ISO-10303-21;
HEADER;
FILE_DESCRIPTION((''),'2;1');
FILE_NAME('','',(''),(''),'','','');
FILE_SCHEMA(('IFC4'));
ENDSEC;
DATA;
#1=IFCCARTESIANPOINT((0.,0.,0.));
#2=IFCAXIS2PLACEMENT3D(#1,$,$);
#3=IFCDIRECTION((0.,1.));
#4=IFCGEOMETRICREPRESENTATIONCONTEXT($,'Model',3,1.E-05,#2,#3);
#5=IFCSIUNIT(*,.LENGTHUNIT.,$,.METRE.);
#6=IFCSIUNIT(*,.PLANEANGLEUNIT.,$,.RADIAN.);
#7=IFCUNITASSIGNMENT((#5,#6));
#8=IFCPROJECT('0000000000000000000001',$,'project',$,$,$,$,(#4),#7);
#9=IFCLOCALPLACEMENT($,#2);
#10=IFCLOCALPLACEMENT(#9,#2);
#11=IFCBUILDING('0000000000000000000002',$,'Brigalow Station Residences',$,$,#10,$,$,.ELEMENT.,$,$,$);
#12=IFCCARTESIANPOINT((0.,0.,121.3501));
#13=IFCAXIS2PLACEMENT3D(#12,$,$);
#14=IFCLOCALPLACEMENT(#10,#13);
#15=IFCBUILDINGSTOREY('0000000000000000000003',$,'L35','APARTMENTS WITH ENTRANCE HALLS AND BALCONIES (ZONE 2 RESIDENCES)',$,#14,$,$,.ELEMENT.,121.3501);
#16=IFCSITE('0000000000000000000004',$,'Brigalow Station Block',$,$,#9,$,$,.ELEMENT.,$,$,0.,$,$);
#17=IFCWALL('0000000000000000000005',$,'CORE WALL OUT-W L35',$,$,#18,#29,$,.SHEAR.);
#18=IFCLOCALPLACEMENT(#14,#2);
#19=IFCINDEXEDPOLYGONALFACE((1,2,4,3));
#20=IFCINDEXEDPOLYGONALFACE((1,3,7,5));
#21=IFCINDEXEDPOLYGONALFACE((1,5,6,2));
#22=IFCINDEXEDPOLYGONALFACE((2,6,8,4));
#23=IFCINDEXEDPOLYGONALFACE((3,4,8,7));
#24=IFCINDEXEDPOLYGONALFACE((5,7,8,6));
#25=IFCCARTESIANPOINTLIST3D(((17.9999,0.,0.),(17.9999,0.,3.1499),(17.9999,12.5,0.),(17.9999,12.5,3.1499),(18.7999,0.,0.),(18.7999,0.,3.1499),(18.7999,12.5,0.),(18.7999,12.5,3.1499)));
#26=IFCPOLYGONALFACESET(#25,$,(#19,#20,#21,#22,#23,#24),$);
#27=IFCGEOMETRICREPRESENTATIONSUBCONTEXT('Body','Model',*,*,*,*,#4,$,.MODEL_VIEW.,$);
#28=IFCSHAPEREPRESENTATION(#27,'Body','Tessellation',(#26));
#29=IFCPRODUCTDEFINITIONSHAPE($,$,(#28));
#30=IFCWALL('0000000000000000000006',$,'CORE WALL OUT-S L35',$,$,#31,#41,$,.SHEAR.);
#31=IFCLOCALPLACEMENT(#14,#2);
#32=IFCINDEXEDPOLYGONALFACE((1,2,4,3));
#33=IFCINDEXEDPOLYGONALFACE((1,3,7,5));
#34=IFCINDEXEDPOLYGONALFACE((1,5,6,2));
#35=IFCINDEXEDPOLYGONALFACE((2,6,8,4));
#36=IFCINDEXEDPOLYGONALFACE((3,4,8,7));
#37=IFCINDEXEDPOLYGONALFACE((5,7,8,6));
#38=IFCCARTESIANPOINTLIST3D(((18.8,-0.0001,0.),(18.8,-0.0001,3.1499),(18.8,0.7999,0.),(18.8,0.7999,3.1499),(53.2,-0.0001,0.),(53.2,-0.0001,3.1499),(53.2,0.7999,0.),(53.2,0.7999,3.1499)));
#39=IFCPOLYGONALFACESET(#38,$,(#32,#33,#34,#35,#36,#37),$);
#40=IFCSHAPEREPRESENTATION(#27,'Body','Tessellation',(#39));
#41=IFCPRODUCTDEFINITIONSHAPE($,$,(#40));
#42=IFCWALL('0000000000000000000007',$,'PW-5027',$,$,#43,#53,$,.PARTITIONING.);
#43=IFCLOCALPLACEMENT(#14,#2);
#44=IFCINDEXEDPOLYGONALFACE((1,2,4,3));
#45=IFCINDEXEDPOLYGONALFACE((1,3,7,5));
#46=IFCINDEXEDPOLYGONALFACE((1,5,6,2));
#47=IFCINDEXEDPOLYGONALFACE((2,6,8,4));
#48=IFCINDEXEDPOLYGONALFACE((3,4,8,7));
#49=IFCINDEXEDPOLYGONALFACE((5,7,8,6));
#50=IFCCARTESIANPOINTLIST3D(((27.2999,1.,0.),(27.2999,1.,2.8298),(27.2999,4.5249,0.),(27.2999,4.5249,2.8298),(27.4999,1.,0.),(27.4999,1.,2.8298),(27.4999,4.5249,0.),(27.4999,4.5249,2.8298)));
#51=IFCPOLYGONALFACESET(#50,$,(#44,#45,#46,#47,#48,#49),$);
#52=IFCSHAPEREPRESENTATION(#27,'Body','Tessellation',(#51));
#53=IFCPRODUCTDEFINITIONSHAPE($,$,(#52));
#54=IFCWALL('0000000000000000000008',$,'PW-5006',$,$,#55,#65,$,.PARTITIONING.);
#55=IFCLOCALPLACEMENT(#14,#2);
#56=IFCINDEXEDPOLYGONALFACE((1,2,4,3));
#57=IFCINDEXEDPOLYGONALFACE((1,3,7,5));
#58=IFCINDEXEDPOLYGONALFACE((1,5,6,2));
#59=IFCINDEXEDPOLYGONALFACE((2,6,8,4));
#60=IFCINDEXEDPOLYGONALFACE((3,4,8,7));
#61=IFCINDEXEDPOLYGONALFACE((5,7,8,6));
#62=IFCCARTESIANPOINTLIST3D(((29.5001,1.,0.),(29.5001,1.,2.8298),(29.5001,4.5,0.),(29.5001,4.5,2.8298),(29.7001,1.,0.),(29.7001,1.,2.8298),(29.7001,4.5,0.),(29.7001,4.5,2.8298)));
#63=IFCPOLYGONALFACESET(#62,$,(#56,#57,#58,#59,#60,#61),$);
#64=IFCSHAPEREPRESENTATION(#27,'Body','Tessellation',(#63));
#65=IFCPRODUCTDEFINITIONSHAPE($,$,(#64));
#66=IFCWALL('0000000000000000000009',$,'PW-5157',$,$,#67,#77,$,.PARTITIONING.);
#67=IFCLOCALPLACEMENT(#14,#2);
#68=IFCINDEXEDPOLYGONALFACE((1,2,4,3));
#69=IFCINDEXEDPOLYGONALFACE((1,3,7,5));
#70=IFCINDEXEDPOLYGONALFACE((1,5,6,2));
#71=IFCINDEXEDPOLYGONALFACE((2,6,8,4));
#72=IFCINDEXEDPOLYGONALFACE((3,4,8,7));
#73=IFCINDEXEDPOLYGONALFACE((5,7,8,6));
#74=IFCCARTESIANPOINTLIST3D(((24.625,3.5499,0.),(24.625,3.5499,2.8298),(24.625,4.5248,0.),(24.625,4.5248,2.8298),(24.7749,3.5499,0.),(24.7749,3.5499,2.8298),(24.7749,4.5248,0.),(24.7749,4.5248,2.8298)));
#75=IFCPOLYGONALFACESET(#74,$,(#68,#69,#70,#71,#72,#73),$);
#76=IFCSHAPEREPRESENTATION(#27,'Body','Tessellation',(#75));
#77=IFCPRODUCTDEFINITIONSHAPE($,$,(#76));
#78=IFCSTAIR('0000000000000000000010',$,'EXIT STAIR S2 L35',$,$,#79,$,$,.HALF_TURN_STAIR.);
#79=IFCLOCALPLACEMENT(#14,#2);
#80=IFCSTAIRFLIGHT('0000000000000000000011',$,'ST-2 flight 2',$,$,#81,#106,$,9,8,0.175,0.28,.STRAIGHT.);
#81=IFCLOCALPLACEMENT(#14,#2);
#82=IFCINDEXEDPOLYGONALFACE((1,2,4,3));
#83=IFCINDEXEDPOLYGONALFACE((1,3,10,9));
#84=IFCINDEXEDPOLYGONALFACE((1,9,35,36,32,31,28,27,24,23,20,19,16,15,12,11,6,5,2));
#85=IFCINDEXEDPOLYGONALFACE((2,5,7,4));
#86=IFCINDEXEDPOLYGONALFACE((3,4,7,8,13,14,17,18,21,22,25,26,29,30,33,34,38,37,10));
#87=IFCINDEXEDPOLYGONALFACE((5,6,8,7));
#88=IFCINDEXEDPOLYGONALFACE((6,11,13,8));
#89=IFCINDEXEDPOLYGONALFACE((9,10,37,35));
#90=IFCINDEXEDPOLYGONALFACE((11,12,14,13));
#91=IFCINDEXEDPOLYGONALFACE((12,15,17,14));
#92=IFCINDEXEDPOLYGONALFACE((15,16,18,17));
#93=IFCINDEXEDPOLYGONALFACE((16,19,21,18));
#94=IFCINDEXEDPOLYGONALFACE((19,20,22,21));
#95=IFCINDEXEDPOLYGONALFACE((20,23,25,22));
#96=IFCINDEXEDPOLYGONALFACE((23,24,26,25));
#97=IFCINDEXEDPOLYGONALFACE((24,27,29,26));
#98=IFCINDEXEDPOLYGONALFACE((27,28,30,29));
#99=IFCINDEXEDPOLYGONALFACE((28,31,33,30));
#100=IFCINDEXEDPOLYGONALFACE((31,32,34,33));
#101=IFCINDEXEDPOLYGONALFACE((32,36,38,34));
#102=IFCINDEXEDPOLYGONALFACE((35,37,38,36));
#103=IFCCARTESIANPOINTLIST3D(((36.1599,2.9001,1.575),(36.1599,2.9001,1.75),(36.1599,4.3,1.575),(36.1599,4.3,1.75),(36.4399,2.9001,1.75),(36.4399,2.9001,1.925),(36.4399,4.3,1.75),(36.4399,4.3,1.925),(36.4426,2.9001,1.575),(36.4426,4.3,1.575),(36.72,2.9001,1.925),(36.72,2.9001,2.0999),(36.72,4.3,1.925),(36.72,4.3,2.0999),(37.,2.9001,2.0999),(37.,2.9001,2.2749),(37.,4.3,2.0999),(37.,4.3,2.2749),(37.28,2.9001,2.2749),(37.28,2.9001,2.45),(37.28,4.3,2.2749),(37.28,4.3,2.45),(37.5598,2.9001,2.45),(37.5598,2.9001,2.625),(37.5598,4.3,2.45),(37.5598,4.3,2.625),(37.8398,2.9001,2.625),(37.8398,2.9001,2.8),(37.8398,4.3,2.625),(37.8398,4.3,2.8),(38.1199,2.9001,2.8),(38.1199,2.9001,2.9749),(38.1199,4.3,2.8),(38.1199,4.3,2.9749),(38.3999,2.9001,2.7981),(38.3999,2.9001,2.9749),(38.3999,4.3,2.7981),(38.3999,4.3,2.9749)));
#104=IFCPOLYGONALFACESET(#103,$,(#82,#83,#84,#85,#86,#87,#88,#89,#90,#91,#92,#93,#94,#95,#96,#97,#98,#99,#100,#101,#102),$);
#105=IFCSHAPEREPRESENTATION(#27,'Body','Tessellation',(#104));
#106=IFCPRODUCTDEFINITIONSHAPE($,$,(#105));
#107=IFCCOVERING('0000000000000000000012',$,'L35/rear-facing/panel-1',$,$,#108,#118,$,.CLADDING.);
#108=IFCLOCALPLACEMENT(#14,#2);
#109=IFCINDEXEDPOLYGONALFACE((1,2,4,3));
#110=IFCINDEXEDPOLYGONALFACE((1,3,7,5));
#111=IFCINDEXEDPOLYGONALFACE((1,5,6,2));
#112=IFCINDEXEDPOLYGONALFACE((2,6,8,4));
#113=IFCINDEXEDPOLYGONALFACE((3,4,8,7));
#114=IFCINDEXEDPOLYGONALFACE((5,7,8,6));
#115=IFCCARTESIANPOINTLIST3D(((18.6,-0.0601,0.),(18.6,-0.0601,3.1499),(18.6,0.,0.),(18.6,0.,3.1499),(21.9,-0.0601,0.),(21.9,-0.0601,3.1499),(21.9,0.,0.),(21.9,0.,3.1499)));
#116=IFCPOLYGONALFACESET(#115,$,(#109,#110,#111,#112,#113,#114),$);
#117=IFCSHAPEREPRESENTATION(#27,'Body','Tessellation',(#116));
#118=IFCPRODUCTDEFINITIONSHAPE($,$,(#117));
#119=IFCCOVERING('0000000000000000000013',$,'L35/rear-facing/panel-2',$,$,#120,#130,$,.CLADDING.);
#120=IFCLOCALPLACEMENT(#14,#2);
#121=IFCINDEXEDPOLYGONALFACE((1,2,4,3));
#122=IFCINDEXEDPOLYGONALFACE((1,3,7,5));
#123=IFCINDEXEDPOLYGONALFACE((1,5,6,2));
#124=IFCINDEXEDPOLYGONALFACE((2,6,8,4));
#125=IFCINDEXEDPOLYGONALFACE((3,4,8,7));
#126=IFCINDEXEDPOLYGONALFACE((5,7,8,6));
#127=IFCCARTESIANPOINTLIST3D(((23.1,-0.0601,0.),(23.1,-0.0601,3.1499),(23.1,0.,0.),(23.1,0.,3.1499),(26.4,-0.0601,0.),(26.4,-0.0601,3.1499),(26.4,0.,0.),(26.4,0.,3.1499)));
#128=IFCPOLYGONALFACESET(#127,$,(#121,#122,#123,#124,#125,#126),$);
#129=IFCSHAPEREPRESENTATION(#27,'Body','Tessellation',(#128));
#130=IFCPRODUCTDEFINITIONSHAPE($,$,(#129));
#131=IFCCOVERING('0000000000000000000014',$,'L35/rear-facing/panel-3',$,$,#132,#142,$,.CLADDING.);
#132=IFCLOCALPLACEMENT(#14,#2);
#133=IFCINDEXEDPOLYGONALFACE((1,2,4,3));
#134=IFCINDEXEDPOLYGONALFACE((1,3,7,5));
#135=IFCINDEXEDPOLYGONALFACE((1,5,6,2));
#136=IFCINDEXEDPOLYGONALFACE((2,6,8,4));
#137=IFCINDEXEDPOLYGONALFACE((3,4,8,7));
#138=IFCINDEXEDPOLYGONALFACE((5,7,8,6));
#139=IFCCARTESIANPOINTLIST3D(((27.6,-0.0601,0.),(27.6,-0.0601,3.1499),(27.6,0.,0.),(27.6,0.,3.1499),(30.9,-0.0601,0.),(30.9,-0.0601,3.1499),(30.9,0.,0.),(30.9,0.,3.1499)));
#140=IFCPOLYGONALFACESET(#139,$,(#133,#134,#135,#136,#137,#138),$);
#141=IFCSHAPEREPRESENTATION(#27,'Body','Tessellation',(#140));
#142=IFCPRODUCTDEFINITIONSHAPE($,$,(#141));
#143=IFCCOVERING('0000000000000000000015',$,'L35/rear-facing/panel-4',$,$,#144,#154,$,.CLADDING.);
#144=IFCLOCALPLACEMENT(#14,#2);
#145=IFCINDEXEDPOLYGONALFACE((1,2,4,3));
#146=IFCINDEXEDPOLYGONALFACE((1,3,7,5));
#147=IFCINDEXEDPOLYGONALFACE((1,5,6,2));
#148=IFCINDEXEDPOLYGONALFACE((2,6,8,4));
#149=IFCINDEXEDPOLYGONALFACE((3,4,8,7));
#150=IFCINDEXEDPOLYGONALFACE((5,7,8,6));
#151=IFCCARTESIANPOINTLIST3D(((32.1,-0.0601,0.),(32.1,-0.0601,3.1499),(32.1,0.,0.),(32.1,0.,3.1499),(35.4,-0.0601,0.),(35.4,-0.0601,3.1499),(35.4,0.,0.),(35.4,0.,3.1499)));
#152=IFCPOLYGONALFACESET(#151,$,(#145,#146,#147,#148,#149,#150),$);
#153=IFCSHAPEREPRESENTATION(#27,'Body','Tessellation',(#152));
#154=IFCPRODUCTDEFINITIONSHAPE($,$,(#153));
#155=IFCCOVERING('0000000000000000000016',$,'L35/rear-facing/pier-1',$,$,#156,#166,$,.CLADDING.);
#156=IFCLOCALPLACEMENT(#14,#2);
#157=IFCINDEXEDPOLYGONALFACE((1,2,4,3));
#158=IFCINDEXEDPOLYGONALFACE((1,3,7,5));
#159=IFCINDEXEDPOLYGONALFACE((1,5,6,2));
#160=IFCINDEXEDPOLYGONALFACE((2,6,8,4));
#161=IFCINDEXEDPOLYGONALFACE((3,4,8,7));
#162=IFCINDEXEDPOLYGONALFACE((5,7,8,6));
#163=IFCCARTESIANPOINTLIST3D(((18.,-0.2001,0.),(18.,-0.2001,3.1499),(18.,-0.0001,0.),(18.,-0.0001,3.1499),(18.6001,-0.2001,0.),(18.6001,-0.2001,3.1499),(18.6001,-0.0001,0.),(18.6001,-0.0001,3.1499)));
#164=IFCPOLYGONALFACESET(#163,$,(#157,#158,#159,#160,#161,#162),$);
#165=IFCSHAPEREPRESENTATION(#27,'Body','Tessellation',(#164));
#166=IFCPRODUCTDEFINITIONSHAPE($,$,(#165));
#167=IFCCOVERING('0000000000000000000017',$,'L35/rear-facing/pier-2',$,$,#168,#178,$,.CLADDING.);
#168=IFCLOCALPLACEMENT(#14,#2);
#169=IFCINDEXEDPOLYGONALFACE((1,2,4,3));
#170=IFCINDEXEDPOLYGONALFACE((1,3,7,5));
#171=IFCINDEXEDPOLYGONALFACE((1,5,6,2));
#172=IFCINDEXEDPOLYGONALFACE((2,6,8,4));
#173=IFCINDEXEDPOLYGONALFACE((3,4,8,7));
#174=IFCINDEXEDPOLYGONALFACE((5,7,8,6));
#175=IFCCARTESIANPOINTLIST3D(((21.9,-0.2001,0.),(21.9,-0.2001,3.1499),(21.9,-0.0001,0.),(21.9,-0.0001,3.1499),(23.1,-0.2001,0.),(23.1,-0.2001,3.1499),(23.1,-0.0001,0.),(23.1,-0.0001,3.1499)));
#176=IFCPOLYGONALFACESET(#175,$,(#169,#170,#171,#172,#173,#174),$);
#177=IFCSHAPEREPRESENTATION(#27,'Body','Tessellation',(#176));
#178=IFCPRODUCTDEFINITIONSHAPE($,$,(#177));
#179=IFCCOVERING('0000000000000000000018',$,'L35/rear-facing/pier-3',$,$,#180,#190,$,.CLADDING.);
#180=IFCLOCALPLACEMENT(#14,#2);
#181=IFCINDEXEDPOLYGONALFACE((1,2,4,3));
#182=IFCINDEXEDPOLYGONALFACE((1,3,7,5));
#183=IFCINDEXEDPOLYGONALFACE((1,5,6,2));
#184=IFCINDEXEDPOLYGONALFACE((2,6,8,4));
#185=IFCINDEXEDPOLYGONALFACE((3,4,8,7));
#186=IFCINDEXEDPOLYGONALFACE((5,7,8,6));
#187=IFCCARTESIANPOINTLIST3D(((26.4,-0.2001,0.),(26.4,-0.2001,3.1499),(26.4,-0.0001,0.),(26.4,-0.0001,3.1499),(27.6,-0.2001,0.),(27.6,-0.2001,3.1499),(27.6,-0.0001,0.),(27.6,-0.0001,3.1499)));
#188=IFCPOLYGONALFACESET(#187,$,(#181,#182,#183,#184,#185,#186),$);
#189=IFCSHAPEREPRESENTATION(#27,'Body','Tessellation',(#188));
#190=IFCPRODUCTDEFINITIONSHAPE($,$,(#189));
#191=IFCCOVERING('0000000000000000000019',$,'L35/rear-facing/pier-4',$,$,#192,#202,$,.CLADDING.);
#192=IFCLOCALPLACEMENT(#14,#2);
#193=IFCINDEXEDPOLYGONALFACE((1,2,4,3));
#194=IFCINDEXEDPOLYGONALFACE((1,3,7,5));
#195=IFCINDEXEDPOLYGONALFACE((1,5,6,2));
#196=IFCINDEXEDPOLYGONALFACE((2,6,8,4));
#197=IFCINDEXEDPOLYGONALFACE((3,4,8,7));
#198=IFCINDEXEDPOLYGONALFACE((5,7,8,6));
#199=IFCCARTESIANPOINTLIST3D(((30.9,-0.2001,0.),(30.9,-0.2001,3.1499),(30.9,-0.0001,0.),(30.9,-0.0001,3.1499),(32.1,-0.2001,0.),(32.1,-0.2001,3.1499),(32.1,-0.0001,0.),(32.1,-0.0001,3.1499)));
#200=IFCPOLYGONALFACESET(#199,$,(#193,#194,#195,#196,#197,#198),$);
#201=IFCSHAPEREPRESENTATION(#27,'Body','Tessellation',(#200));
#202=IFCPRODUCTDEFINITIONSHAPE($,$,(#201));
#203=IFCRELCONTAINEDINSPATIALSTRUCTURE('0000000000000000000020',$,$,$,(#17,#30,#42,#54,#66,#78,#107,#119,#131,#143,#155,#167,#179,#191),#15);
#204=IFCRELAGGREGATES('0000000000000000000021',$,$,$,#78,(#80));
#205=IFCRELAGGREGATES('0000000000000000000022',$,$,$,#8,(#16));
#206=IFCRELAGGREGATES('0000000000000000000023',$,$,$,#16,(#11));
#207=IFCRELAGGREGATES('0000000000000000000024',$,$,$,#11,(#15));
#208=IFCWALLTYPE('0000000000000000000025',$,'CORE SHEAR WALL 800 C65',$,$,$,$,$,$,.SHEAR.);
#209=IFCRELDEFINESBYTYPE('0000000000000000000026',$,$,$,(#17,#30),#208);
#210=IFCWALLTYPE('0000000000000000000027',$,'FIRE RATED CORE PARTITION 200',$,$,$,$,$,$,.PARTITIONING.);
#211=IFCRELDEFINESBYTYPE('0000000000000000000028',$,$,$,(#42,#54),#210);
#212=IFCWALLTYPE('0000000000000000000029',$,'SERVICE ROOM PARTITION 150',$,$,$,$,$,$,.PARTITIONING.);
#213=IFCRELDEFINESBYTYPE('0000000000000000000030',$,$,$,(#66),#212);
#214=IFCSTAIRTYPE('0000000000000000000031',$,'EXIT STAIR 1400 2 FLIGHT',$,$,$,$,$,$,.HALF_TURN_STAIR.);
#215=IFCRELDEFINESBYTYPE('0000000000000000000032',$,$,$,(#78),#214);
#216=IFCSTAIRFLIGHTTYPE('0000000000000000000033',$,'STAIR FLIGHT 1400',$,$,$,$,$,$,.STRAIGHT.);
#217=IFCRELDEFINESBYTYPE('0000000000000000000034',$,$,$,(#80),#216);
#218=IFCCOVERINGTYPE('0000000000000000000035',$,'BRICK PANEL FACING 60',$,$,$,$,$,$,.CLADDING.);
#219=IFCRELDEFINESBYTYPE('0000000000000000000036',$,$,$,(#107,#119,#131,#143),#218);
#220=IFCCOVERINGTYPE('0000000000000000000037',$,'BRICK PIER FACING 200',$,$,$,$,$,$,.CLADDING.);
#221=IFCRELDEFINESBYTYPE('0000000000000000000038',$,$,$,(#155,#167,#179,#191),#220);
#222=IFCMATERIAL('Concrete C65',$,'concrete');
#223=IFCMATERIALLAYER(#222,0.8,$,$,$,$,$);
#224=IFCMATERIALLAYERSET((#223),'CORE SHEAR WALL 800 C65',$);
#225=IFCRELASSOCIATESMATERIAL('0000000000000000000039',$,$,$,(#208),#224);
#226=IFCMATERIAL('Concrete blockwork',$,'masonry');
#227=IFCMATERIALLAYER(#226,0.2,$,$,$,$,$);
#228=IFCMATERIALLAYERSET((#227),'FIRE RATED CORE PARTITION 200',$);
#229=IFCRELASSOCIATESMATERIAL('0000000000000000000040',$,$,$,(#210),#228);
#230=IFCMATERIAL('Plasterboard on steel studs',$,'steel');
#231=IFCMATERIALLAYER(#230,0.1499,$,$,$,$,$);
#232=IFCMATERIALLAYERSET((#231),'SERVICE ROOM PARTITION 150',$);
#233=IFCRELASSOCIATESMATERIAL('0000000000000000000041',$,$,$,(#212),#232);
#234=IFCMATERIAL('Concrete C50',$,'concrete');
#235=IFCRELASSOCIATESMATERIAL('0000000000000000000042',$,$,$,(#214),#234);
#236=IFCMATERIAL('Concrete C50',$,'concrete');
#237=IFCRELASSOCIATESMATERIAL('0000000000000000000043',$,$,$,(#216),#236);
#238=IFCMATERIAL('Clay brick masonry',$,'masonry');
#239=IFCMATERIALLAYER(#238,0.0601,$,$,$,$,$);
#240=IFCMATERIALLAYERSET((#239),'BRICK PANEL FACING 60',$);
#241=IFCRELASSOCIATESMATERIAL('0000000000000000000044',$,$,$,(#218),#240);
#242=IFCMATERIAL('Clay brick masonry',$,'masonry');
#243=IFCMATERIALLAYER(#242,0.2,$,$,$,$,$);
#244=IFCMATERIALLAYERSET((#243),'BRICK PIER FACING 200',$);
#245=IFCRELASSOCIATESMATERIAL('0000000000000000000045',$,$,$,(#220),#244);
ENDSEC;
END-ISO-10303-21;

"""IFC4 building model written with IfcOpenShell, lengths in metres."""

from ifc_helpers import new_model, si_unit, direction, frame, frame_2d, origin, origin_2d, place, context, subcontext, project, spatial, polyline, rectangle, outline, extrude, material, layer, layer_set, type_object, element, aggregate, save


model = new_model("IFC4")

# Units and contexts
model_context = context("Model", 3, precision=1e-05, world=origin(), true_north=direction((0.0, 1.0)))
body_context = subcontext(model_context, "Body", "Model", "MODEL_VIEW")
ifc_project = project(units=[si_unit("LENGTHUNIT", "METRE"), si_unit("PLANEANGLEUNIT", "RADIAN")], contexts=[model_context])

# Site, building, storey
site_placement = place(None, origin())
site = spatial("IfcSite", under=ifc_project, at=site_placement, Name="Brigalow Station Block", CompositionType="ELEMENT", RefElevation=0.0)
building_placement = place(site_placement, origin())
building = spatial("IfcBuilding", under=site, at=building_placement, Name="Brigalow Station Residences", CompositionType="ELEMENT")
storey_placement = place(building_placement, frame((0.0, 0.0, 121.3501)))
storey = spatial("IfcBuildingStorey", under=building, at=storey_placement, Name="L35", Description="APARTMENTS WITH ENTRANCE HALLS AND BALCONIES (ZONE 2 RESIDENCES)", CompositionType="ELEMENT", Elevation=121.3501)

# Walls
ifc_material_1 = material(Name="Concrete C65", Category="concrete")
ifc_layer_1 = layer(ifc_material_1, 0.8)
ifc_layer_set_1 = layer_set([ifc_layer_1], Name="CORE SHEAR WALL 800 C65")
wall_type_1 = type_object("IfcWallType", Name="CORE SHEAR WALL 800 C65", PredefinedType="SHEAR", material=ifc_layer_set_1)
wall_1_placement = place(storey_placement, frame((18.3999, 0.0, 0.0), z_axis=(0.0, 0.0, 1.0), x_axis=(0.0, 1.0, 0.0)))
element("IfcWall", 1, at=wall_1_placement, inside=storey, type_object=wall_type_1, Name="CORE WALL OUT-W L35", PredefinedType="SHEAR", context=body_context, shape_type="SweptSolid", body=[
    extrude(rectangle(XDim=12.5, YDim=0.8, at=frame_2d((6.25, 0.0))), origin(), (0.0, 0.0, 1.0), 3.1499),
])
wall_2_placement = place(storey_placement, frame((18.8, 0.3999, 0.0), z_axis=(0.0, 0.0, 1.0), x_axis=(1.0, 0.0, 0.0)))
element("IfcWall", 2, at=wall_2_placement, inside=storey, type_object=wall_type_1, Name="CORE WALL OUT-S L35", PredefinedType="SHEAR", context=body_context, shape_type="SweptSolid", body=[
    extrude(rectangle(XDim=34.3999, YDim=0.8, at=frame_2d((17.2, 0.0))), origin(), (0.0, 0.0, 1.0), 3.1499),
])
ifc_material_2 = material(Name="Concrete blockwork", Category="masonry")
ifc_layer_2 = layer(ifc_material_2, 0.2)
ifc_layer_set_2 = layer_set([ifc_layer_2], Name="FIRE RATED CORE PARTITION 200")
wall_type_2 = type_object("IfcWallType", Name="FIRE RATED CORE PARTITION 200", PredefinedType="PARTITIONING", material=ifc_layer_set_2)
wall_3_placement = place(storey_placement, frame((27.3999, 1.0, 0.0), z_axis=(0.0, 0.0, 1.0), x_axis=(0.0, 1.0, 0.0)))
element("IfcWall", 3, at=wall_3_placement, inside=storey, type_object=wall_type_2, Name="PW-5027", PredefinedType="PARTITIONING", context=body_context, shape_type="SweptSolid", body=[
    extrude(rectangle(XDim=3.5249, YDim=0.2, at=frame_2d((1.7625, 0.0))), origin(), (0.0, 0.0, 1.0), 2.8298),
])
wall_4_placement = place(storey_placement, frame((29.6001, 1.0, 0.0), z_axis=(0.0, 0.0, 1.0), x_axis=(0.0, 1.0, 0.0)))
element("IfcWall", 4, at=wall_4_placement, inside=storey, type_object=wall_type_2, Name="PW-5006", PredefinedType="PARTITIONING", context=body_context, shape_type="SweptSolid", body=[
    extrude(rectangle(XDim=3.5, YDim=0.2, at=frame_2d((1.75, 0.0))), origin(), (0.0, 0.0, 1.0), 2.8298),
])
ifc_material_3 = material(Name="Plasterboard on steel studs", Category="steel")
ifc_layer_3 = layer(ifc_material_3, 0.1499)
ifc_layer_set_3 = layer_set([ifc_layer_3], Name="SERVICE ROOM PARTITION 150")
wall_type_3 = type_object("IfcWallType", Name="SERVICE ROOM PARTITION 150", PredefinedType="PARTITIONING", material=ifc_layer_set_3)
wall_5_placement = place(storey_placement, frame((24.7, 3.55, 0.0), z_axis=(0.0, 0.0, 1.0), x_axis=(0.0, 1.0, 0.0)))
element("IfcWall", 5, at=wall_5_placement, inside=storey, type_object=wall_type_3, Name="PW-5157", PredefinedType="PARTITIONING", context=body_context, shape_type="SweptSolid", body=[
    extrude(rectangle(XDim=0.9749, YDim=0.1499, at=frame_2d((0.4873, 0.0))), origin(), (0.0, 0.0, 1.0), 2.8298),
])

# Stair, stair flight
ifc_material_4 = material(Name="Concrete C50", Category="concrete")
stair_type = type_object("IfcStairType", Name="EXIT STAIR 1400 2 FLIGHT", PredefinedType="HALF_TURN_STAIR", material=ifc_material_4)
stair_placement = place(storey_placement, origin())
stair = element("IfcStair", 6, at=stair_placement, inside=storey, type_object=stair_type, Name="EXIT STAIR S2 L35", PredefinedType="HALF_TURN_STAIR")
ifc_material_5 = material(Name="Concrete C50", Category="concrete")
stair_flight_type = type_object("IfcStairFlightType", Name="STAIR FLIGHT 1400", PredefinedType="STRAIGHT", material=ifc_material_5)
stair_flight_placement = place(storey_placement, frame((36.1599, 3.6001, 1.575), z_axis=(0.0, 0.0, 1.0), x_axis=(1.0, 0.0, 0.0)))
stair_flight = element("IfcStairFlight", 7, at=stair_flight_placement, type_object=stair_flight_type, Name="ST-2 flight 2", NumberOfRisers=9, NumberOfTreads=8, PredefinedType="STRAIGHT", RiserHeight=0.175, TreadLength=0.28, context=body_context, shape_type="SweptSolid", body=[
    extrude(outline(polyline([(0.0, 0.0), (0.0, 0.175), (0.28, 0.175), (0.28, 0.3501), (0.5601, 0.3501), (0.5601, 0.5249), (0.8401, 0.5249), (0.8401, 0.7), (1.1201, 0.7), (1.1201, 0.875), (1.3999, 0.875), (1.3999, 1.05), (1.6799, 1.05), (1.6799, 1.2251), (1.96, 1.2251), (1.96, 1.3999), (2.24, 1.3999), (2.24, 1.575), (2.24, 1.2231), (0.2827, 0.0), (0.0, 0.0)])), frame((0.0, 0.7, 0.0), z_axis=(0.0, -1.0, 0.0), x_axis=(1.0, 0.0, 0.0)), (0.0, 0.0, 1.0), 1.3999),
])
aggregate(stair, [stair_flight])

# Coverings
ifc_material_6 = material(Name="Clay brick masonry", Category="masonry")
ifc_layer_4 = layer(ifc_material_6, 0.0601)
ifc_layer_set_4 = layer_set([ifc_layer_4], Name="BRICK PANEL FACING 60")
covering_type_1 = type_object("IfcCoveringType", Name="BRICK PANEL FACING 60", PredefinedType="CLADDING", material=ifc_layer_set_4)
for number, where, z_axis, x_axis, name in (
    (8, (20.25, -0.03, 0.0), (0.0, 0.0, 1.0), (1.0, 0.0, 0.0), "L35/rear-facing/panel-1"),
    (9, (24.75, -0.03, 0.0), (0.0, 0.0, 1.0), (1.0, 0.0, 0.0), "L35/rear-facing/panel-2"),
    (10, (29.25, -0.03, 0.0), (0.0, 0.0, 1.0), (1.0, 0.0, 0.0), "L35/rear-facing/panel-3"),
    (11, (33.75, -0.03, 0.0), (0.0, 0.0, 1.0), (1.0, 0.0, 0.0), "L35/rear-facing/panel-4"),
):
    element("IfcCovering", number, at=place(storey_placement, frame(where, z_axis=z_axis, x_axis=x_axis)), inside=storey, type_object=covering_type_1, Name=name, PredefinedType="CLADDING", context=body_context, shape_type="SweptSolid", body=[
        extrude(rectangle(XDim=3.3, YDim=0.0601, at=origin_2d()), origin(), (0.0, 0.0, 1.0), 3.1499),
    ])
ifc_material_7 = material(Name="Clay brick masonry", Category="masonry")
ifc_layer_5 = layer(ifc_material_7, 0.2)
ifc_layer_set_5 = layer_set([ifc_layer_5], Name="BRICK PIER FACING 200")
covering_type_2 = type_object("IfcCoveringType", Name="BRICK PIER FACING 200", PredefinedType="CLADDING", material=ifc_layer_set_5)
covering_placement = place(storey_placement, frame((18.3, -0.1001, 0.0), z_axis=(0.0, 0.0, 1.0), x_axis=(1.0, 0.0, 0.0)))
element("IfcCovering", 12, at=covering_placement, inside=storey, type_object=covering_type_2, Name="L35/rear-facing/pier-1", PredefinedType="CLADDING", context=body_context, shape_type="SweptSolid", body=[
    extrude(rectangle(XDim=0.6001, YDim=0.2, at=origin_2d()), origin(), (0.0, 0.0, 1.0), 3.1499),
])
for number, where, z_axis, x_axis, name in (
    (13, (22.5, -0.1001, 0.0), (0.0, 0.0, 1.0), (1.0, 0.0, 0.0), "L35/rear-facing/pier-2"),
    (14, (27.0, -0.1001, 0.0), (0.0, 0.0, 1.0), (1.0, 0.0, 0.0), "L35/rear-facing/pier-3"),
    (15, (31.5, -0.1001, 0.0), (0.0, 0.0, 1.0), (1.0, 0.0, 0.0), "L35/rear-facing/pier-4"),
):
    element("IfcCovering", number, at=place(storey_placement, frame(where, z_axis=z_axis, x_axis=x_axis)), inside=storey, type_object=covering_type_2, Name=name, PredefinedType="CLADDING", context=body_context, shape_type="SweptSolid", body=[
        extrude(rectangle(XDim=1.2, YDim=0.2, at=origin_2d()), origin(), (0.0, 0.0, 1.0), 3.1499),
    ])

save(model, "model.ifc")
